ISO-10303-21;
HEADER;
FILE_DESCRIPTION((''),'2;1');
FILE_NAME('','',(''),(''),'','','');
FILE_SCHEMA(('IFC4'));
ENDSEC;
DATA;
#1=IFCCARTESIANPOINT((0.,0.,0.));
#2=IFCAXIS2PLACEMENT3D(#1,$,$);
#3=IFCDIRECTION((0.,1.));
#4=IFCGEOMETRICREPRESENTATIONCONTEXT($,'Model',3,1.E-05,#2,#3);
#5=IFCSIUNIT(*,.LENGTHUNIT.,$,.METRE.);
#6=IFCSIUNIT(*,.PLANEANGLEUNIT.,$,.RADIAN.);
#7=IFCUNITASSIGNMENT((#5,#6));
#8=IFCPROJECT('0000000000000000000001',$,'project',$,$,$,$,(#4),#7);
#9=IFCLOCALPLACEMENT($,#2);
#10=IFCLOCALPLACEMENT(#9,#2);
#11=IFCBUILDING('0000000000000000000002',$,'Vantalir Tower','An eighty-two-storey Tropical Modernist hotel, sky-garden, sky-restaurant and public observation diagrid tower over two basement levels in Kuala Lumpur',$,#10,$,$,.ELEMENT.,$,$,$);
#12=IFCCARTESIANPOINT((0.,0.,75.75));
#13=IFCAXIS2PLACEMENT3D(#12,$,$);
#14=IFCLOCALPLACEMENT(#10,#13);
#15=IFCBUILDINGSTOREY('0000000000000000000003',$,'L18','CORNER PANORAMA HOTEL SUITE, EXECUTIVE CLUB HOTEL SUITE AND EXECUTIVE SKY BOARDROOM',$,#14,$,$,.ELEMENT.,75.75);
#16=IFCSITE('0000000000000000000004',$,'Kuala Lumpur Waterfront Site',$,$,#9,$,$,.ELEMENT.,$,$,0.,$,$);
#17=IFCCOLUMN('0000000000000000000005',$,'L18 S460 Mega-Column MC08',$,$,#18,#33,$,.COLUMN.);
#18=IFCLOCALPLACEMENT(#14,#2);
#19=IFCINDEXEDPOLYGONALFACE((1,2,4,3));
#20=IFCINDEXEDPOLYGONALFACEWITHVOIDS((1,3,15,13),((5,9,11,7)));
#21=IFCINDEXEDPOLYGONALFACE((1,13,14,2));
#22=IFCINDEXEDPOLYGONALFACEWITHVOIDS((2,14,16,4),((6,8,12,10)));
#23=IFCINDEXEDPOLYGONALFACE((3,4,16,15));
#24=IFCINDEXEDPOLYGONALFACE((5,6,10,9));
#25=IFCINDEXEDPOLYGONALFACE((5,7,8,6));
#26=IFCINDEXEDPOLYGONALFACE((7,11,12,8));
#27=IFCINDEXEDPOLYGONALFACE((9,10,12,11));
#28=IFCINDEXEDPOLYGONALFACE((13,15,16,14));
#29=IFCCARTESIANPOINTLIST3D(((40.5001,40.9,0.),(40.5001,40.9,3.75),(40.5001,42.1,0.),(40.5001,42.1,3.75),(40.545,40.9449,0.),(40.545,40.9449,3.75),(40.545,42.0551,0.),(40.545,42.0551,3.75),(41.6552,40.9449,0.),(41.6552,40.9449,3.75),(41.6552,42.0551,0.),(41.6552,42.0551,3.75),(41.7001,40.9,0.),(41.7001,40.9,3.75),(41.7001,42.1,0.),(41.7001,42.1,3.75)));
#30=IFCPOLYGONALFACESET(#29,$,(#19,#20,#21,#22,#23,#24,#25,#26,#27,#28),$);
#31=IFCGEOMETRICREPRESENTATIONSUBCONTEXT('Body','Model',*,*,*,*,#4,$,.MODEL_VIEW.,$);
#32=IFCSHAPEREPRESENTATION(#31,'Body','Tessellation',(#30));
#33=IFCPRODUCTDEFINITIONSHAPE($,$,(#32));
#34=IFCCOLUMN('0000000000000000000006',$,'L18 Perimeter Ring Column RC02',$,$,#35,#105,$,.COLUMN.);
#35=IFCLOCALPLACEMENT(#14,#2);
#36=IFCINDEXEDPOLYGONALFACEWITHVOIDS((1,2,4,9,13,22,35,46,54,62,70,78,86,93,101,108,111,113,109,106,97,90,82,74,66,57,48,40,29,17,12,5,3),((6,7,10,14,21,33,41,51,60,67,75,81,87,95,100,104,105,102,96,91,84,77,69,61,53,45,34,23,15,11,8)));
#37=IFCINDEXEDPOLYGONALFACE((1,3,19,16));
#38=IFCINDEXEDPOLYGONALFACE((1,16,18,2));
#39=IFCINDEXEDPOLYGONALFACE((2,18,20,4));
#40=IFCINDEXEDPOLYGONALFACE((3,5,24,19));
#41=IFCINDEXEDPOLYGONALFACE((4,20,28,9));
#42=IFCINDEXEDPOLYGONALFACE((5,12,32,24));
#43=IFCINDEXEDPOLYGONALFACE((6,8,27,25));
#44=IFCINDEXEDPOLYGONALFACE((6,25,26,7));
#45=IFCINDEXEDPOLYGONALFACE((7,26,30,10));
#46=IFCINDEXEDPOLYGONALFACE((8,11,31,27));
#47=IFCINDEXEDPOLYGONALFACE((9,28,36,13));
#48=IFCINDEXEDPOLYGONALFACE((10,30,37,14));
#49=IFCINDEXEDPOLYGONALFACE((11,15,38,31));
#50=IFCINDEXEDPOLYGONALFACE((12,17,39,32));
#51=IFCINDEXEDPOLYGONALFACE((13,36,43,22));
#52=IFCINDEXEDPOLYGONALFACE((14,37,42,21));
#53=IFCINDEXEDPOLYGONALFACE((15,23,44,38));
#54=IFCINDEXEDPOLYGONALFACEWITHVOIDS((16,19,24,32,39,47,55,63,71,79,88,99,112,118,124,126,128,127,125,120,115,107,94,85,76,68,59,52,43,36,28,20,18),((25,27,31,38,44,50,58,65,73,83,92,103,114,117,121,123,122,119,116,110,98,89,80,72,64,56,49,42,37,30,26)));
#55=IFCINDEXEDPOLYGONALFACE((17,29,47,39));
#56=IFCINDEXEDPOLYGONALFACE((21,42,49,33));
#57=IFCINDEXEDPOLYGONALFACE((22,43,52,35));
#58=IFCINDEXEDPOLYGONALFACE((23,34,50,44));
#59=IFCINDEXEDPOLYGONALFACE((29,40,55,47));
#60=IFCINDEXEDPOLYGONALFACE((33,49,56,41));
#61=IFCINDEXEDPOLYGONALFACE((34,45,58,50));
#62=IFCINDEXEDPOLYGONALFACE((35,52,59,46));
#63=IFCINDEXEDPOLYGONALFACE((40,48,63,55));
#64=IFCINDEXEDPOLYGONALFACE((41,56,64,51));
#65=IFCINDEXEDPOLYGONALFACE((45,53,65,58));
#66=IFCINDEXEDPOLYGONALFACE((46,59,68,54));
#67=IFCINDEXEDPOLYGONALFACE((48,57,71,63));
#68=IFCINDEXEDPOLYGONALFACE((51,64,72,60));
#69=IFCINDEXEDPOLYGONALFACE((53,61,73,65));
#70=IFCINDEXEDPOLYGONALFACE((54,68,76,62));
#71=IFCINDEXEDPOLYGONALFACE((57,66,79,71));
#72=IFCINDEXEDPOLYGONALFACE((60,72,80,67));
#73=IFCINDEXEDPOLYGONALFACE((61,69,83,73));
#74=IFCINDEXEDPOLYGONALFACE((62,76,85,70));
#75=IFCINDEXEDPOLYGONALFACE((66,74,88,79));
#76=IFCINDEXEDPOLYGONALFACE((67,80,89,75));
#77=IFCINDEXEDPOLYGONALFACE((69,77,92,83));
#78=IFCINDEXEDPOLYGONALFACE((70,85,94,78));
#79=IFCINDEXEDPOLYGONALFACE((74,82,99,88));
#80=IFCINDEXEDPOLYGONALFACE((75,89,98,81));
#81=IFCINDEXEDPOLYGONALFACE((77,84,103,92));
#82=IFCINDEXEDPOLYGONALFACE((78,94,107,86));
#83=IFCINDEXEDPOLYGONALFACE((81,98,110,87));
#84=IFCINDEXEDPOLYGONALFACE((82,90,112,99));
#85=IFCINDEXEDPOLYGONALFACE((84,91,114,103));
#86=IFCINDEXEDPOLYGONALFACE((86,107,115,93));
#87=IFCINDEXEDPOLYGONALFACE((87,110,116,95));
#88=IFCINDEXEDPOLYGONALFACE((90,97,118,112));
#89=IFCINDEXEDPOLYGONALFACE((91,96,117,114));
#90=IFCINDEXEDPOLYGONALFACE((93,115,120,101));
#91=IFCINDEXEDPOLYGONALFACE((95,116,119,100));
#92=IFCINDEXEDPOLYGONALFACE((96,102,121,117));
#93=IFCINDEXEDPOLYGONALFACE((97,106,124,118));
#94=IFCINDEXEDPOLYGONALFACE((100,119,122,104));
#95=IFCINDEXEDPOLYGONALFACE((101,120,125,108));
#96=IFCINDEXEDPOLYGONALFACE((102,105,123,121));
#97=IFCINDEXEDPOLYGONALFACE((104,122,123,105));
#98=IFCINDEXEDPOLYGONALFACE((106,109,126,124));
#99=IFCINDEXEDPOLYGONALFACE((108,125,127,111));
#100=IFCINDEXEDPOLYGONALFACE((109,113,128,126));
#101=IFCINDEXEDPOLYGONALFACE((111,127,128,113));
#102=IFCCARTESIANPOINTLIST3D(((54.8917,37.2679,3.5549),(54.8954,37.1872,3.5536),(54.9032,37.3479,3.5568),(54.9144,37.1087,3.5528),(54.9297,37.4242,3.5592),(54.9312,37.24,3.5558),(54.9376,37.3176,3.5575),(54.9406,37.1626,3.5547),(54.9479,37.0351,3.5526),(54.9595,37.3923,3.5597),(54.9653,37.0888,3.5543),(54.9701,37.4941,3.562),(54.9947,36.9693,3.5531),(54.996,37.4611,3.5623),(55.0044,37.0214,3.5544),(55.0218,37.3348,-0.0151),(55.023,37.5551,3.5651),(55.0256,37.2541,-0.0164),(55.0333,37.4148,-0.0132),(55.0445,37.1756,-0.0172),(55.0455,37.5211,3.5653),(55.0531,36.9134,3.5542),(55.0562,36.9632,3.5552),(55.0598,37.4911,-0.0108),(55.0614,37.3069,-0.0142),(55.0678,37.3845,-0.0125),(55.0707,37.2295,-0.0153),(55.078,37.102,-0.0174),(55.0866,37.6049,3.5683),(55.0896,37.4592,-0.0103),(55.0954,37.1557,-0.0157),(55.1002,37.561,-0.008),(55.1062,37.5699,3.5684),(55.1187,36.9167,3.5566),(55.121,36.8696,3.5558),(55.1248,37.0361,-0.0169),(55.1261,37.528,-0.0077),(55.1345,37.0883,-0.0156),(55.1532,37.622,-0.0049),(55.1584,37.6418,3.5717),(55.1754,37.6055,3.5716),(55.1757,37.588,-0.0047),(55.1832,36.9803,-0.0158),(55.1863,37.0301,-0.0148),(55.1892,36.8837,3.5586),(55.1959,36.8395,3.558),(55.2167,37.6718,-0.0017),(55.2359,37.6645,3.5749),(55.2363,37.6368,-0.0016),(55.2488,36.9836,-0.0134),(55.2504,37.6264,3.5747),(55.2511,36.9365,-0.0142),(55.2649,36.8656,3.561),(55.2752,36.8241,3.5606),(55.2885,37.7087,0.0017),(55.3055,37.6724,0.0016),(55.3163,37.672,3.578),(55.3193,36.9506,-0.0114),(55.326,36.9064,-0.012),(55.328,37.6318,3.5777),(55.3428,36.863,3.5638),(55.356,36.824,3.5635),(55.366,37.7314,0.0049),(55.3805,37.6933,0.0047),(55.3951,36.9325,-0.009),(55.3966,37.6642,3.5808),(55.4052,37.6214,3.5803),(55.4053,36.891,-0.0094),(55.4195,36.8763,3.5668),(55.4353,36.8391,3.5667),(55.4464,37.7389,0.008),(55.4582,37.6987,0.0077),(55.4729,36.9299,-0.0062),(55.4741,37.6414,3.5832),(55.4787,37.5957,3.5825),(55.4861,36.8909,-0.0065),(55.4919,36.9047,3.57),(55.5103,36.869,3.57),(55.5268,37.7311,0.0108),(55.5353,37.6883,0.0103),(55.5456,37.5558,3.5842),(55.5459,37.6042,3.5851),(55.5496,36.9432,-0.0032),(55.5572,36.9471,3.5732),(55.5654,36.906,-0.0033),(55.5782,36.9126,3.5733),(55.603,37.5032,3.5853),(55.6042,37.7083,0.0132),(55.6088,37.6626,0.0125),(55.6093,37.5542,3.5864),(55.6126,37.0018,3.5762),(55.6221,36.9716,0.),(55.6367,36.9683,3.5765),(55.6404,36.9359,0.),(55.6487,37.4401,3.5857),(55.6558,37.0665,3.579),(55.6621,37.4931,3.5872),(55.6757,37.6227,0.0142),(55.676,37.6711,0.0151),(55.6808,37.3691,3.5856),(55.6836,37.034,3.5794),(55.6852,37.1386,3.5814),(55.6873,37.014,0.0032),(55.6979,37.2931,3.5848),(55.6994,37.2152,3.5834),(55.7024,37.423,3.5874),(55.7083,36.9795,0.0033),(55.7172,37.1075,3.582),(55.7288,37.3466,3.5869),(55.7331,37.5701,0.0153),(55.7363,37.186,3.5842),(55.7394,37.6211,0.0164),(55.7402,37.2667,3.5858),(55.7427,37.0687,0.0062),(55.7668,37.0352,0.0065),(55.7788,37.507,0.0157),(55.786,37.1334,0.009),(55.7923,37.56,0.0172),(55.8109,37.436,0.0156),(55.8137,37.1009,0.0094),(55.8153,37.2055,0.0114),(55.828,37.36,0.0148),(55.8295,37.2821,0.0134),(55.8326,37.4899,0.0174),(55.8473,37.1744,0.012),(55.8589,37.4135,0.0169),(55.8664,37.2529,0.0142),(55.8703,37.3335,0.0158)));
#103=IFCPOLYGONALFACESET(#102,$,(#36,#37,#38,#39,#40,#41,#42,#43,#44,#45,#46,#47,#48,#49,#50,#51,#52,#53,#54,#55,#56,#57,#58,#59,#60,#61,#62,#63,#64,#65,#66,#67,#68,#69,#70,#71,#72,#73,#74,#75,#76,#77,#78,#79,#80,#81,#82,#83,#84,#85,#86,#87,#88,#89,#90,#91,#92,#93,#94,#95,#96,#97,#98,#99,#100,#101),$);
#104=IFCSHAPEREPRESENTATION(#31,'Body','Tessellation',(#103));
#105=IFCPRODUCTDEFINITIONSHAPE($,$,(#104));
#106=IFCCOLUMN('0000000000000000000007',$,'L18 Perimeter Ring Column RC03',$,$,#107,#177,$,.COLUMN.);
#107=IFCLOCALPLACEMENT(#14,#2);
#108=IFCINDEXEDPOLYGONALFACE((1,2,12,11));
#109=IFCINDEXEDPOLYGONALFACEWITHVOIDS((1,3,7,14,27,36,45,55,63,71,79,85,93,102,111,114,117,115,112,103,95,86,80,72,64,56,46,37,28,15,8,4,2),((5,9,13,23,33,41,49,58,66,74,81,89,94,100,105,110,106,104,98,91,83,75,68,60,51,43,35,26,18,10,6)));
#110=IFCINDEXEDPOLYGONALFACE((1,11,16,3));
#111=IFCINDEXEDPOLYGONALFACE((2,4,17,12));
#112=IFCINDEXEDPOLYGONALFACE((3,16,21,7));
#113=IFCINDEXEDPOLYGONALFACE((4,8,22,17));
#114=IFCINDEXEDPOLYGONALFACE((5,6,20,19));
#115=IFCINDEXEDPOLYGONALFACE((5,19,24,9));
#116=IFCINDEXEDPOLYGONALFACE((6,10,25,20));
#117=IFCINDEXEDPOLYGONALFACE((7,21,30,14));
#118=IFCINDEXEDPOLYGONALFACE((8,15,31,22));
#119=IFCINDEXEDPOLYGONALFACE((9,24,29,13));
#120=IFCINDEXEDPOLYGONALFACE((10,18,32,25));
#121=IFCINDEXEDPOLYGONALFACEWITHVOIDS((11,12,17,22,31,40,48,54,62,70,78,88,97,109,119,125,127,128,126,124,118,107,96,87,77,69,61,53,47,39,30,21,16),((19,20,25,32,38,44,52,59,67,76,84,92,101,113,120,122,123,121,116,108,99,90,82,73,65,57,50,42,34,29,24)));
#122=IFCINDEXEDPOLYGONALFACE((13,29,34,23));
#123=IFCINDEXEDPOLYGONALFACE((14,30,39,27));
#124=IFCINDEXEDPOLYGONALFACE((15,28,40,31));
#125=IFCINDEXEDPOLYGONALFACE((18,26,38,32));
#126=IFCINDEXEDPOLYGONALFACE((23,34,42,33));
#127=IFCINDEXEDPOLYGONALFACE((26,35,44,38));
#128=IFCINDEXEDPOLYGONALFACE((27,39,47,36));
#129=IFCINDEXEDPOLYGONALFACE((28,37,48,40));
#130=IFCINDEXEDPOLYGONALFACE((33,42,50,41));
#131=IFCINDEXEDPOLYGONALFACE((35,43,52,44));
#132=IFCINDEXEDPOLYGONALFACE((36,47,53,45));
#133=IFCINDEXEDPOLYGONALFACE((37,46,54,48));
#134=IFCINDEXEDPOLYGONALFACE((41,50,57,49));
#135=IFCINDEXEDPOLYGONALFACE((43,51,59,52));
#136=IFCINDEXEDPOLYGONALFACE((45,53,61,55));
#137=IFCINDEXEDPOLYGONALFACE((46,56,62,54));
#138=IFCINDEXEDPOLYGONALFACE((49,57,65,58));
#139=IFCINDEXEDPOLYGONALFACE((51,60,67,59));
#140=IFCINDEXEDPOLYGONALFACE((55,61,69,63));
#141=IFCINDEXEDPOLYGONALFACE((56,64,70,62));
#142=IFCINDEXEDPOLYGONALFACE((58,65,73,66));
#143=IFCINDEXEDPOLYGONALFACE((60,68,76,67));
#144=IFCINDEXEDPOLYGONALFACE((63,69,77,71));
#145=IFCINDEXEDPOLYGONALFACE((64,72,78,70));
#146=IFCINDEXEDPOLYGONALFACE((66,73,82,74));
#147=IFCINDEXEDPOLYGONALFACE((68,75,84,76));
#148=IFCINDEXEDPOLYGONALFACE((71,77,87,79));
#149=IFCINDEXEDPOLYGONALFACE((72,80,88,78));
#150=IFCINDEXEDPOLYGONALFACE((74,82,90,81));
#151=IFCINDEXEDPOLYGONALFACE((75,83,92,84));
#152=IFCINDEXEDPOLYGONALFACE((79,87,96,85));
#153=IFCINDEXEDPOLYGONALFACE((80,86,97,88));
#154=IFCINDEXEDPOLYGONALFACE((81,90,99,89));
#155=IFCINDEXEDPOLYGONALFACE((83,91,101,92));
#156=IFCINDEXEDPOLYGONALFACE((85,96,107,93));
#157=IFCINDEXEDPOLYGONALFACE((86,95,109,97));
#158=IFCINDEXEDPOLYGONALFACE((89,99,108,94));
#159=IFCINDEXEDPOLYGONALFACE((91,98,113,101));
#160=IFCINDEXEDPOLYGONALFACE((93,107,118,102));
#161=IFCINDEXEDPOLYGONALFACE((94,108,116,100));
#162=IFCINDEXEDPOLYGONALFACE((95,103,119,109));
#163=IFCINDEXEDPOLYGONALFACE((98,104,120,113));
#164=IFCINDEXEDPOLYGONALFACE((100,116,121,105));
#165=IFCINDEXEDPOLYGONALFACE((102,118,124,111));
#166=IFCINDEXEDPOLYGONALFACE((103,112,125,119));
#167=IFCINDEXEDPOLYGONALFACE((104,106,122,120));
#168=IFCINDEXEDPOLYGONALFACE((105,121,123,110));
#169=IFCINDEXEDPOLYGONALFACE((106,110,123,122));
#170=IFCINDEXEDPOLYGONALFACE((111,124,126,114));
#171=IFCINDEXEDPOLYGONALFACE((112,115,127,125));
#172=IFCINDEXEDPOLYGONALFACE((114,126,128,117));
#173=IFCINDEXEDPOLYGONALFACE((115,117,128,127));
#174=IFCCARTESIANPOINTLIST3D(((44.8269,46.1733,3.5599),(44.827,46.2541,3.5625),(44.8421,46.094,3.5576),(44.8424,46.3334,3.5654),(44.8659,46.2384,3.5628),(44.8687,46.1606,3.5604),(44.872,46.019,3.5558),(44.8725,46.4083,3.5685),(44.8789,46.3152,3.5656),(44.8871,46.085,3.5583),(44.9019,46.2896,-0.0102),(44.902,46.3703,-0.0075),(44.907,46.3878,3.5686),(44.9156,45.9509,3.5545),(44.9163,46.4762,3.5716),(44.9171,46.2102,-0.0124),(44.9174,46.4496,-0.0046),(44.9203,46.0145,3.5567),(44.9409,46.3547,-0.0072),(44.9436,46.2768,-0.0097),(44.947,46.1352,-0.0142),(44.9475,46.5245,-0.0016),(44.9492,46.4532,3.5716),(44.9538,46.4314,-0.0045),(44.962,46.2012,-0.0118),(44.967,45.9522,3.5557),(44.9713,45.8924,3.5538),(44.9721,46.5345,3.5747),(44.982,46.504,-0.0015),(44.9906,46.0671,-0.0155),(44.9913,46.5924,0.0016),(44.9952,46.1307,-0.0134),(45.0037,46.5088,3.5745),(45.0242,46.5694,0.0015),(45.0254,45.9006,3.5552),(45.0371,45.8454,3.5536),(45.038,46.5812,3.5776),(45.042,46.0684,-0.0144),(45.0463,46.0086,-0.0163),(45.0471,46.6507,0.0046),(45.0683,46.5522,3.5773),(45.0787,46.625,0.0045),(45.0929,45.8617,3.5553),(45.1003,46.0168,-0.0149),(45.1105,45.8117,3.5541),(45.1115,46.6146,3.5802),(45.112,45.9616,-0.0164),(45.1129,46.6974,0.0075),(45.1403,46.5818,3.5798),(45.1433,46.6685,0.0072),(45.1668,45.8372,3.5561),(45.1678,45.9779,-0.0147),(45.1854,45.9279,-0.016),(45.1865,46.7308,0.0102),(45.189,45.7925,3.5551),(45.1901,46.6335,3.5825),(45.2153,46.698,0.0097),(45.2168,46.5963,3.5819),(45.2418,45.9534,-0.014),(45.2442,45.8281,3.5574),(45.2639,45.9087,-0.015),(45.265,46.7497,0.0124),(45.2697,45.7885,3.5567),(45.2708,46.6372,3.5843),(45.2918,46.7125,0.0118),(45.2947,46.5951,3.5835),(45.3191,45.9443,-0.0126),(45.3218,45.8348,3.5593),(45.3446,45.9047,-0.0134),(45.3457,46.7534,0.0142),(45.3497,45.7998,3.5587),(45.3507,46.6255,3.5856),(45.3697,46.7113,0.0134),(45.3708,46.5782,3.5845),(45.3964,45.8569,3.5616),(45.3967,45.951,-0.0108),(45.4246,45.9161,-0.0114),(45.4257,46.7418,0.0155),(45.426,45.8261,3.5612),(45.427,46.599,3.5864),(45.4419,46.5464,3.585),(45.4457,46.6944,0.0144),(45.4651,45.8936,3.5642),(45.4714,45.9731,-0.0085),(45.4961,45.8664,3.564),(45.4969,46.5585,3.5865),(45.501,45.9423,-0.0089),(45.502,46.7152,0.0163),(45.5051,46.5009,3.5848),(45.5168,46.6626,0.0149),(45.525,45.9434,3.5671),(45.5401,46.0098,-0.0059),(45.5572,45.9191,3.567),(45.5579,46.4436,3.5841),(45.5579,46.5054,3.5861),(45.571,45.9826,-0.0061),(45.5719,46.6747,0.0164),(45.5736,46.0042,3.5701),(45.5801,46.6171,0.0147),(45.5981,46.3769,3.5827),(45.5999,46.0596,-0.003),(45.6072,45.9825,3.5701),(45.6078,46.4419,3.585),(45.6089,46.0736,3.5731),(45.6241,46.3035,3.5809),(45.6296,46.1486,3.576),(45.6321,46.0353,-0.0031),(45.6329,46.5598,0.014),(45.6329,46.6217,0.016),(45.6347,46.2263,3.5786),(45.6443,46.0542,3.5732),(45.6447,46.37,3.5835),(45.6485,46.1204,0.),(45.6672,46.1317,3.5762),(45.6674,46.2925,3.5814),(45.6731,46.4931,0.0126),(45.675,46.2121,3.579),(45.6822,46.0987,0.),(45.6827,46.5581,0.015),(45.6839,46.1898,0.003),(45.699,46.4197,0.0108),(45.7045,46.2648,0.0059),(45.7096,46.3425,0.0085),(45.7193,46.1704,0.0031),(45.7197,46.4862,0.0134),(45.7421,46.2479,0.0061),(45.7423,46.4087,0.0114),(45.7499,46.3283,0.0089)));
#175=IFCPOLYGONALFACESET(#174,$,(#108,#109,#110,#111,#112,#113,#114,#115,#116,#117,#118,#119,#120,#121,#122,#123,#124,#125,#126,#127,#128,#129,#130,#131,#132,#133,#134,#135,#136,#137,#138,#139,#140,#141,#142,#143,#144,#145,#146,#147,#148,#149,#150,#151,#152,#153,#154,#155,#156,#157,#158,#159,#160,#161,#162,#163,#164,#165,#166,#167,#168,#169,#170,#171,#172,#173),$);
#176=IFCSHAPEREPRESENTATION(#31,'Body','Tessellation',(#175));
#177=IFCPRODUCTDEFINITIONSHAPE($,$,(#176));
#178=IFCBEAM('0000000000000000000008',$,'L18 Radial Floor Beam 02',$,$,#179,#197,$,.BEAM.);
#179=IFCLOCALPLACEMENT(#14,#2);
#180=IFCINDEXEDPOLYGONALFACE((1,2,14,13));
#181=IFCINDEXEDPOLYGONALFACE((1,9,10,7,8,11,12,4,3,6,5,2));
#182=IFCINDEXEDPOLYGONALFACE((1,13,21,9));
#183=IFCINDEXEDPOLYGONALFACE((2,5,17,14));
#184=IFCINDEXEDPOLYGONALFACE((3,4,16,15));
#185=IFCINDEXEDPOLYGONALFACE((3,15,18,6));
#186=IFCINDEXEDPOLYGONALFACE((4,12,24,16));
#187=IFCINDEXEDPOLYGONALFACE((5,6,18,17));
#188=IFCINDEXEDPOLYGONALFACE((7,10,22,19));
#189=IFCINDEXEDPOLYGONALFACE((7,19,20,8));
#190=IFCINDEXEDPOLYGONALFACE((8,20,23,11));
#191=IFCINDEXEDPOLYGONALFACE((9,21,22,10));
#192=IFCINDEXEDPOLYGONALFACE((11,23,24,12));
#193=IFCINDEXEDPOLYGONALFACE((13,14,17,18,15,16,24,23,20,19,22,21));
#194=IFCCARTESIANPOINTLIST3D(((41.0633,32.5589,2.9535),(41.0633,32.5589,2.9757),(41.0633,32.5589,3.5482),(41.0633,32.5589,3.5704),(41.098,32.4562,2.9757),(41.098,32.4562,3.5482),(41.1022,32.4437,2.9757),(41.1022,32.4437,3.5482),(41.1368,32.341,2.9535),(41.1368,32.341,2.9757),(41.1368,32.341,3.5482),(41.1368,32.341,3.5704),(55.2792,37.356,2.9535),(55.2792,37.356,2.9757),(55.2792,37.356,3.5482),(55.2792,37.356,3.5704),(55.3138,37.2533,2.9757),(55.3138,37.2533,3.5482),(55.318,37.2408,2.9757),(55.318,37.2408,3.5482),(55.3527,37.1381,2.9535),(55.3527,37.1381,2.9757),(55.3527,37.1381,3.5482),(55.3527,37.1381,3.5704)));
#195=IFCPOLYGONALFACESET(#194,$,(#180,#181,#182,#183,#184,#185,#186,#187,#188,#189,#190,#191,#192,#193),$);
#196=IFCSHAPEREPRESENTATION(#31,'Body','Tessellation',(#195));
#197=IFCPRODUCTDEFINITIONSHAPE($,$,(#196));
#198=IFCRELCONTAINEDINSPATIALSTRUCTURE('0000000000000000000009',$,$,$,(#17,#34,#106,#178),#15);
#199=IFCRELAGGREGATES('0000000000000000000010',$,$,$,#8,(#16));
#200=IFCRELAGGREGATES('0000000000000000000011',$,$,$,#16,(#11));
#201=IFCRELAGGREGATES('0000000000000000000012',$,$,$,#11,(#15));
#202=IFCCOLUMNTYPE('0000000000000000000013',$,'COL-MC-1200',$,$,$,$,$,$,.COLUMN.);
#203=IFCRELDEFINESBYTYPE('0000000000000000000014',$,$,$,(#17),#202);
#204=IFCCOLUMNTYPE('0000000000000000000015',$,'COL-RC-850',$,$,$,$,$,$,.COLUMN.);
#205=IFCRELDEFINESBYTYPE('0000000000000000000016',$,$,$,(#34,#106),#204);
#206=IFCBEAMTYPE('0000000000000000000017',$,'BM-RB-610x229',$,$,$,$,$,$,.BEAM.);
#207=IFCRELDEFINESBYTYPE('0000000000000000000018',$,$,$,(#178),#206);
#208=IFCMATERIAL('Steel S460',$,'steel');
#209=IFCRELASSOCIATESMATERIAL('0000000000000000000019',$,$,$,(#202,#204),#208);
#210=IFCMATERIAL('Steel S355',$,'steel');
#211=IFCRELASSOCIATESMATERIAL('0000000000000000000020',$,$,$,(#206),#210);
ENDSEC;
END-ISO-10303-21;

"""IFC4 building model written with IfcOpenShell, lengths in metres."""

from ifc_helpers import new_model, si_unit, direction, frame, origin, origin_2d, place, context, subcontext, project, spatial, hollow_rectangle, hollow_circle, i_section, extrude, material, material_profile, profile_set, type_object, element, save


model = new_model("IFC4")

# Units and contexts
model_context = context("Model", 3, precision=1e-05, world=origin(), true_north=direction((0.0, 1.0)))
body_context = subcontext(model_context, "Body", "Model", "MODEL_VIEW")
ifc_project = project(units=[si_unit("LENGTHUNIT", "METRE"), si_unit("PLANEANGLEUNIT", "RADIAN")], contexts=[model_context])

# Site, building, storey
site_placement = place(None, origin())
site = spatial("IfcSite", under=ifc_project, at=site_placement, Name="Kuala Lumpur Waterfront Site", CompositionType="ELEMENT", RefElevation=0.0)
building_placement = place(site_placement, origin())
building = spatial("IfcBuilding", under=site, at=building_placement, Name="Vantalir Tower", Description="An eighty-two-storey Tropical Modernist hotel, sky-garden, sky-restaurant and public observation diagrid tower over two basement levels in Kuala Lumpur", CompositionType="ELEMENT")
storey_placement = place(building_placement, frame((0.0, 0.0, 75.75)))
storey = spatial("IfcBuildingStorey", under=building, at=storey_placement, Name="L18", Description="CORNER PANORAMA HOTEL SUITE, EXECUTIVE CLUB HOTEL SUITE AND EXECUTIVE SKY BOARDROOM", CompositionType="ELEMENT", Elevation=75.75)

# Columns
ifc_material_1 = material(Name="Steel S460", Category="steel")
ifc_material_profile_1 = material_profile(ifc_material_1, hollow_rectangle(XDim=1.2, YDim=1.2, WallThickness=0.0449, at=origin_2d()), Name="Steel S460")
ifc_profile_set_1 = profile_set([ifc_material_profile_1], Name="Steel S460")
column_type_1 = type_object("IfcColumnType", Name="COL-MC-1200", PredefinedType="COLUMN", material=ifc_profile_set_1)
column_1_placement = place(storey_placement, frame((41.1001, 41.5, 0.0), z_axis=(0.0, 0.0, 1.0), x_axis=(1.0, 0.0, 0.0)))
element("IfcColumn", 1, at=column_1_placement, inside=storey, type_object=column_type_1, Name="L18 S460 Mega-Column MC08", PredefinedType="COLUMN", context=body_context, shape_type="SweptSolid", body=[
    extrude(hollow_rectangle(XDim=1.2, YDim=1.2, WallThickness=0.0449, at=origin_2d()), origin(), (0.0, 0.0, 1.0), 3.75),
])
ifc_material_profile_2 = material_profile(ifc_material_1, hollow_circle(Radius=0.425, WallThickness=0.04, at=origin_2d()), Name="Steel S460")
ifc_profile_set_2 = profile_set([ifc_material_profile_2], Name="Steel S460")
column_type_2 = type_object("IfcColumnType", Name="COL-RC-850", PredefinedType="COLUMN", material=ifc_profile_set_2)
column_2_placement = place(storey_placement, frame((55.446, 37.314, 0.0), z_axis=(-0.036419, -0.018722, 0.999161), x_axis=(0.457197, -0.889365, 0.0)))
element("IfcColumn", 2, at=column_2_placement, inside=storey, type_object=column_type_2, Name="L18 Perimeter Ring Column RC02", PredefinedType="COLUMN", context=body_context, shape_type="SweptSolid", body=[
    extrude(hollow_circle(Radius=0.425, WallThickness=0.04, at=origin_2d()), origin(), (0.0, 0.0, 1.0), 3.573),
])
column_3_placement = place(storey_placement, frame((45.325, 46.3291, 0.0), z_axis=(-0.020979, -0.032527, 0.999251), x_axis=(0.840374, -0.542006, 0.0)))
element("IfcColumn", 3, at=column_3_placement, inside=storey, type_object=column_type_2, Name="L18 Perimeter Ring Column RC03", PredefinedType="COLUMN", context=body_context, shape_type="SweptSolid", body=[
    extrude(hollow_circle(Radius=0.425, WallThickness=0.04, at=origin_2d()), origin(), (0.0, 0.0, 1.0), 3.5728),
])

# Beam
ifc_material_2 = material(Name="Steel S355", Category="steel")
ifc_material_profile_3 = material_profile(ifc_material_2, i_section(OverallWidth=0.23, OverallDepth=0.6169, WebThickness=0.0132, FlangeThickness=0.0222, at=origin_2d()), Name="Steel S355")
ifc_profile_set_3 = profile_set([ifc_material_profile_3], Name="Steel S355")
beam_type_1 = type_object("IfcBeamType", Name="BM-RB-610x229", PredefinedType="BEAM", material=ifc_profile_set_3)
beam_1_placement = place(storey_placement, frame((55.3159, 37.2471, 3.262), z_axis=(-0.947507, -0.319736, 0.0), x_axis=(0.319736, -0.947507, 0.0)))
element("IfcBeam", 4, at=beam_1_placement, inside=storey, type_object=beam_type_1, Name="L18 Radial Floor Beam 02", PredefinedType="BEAM", context=body_context, shape_type="SweptSolid", body=[
    extrude(i_section(OverallWidth=0.23, OverallDepth=0.6169, WebThickness=0.0132, FlangeThickness=0.0222, at=origin_2d()), origin(), (0.0, 0.0, 1.0), 15.0034),
])

save(model, "model.ifc")
